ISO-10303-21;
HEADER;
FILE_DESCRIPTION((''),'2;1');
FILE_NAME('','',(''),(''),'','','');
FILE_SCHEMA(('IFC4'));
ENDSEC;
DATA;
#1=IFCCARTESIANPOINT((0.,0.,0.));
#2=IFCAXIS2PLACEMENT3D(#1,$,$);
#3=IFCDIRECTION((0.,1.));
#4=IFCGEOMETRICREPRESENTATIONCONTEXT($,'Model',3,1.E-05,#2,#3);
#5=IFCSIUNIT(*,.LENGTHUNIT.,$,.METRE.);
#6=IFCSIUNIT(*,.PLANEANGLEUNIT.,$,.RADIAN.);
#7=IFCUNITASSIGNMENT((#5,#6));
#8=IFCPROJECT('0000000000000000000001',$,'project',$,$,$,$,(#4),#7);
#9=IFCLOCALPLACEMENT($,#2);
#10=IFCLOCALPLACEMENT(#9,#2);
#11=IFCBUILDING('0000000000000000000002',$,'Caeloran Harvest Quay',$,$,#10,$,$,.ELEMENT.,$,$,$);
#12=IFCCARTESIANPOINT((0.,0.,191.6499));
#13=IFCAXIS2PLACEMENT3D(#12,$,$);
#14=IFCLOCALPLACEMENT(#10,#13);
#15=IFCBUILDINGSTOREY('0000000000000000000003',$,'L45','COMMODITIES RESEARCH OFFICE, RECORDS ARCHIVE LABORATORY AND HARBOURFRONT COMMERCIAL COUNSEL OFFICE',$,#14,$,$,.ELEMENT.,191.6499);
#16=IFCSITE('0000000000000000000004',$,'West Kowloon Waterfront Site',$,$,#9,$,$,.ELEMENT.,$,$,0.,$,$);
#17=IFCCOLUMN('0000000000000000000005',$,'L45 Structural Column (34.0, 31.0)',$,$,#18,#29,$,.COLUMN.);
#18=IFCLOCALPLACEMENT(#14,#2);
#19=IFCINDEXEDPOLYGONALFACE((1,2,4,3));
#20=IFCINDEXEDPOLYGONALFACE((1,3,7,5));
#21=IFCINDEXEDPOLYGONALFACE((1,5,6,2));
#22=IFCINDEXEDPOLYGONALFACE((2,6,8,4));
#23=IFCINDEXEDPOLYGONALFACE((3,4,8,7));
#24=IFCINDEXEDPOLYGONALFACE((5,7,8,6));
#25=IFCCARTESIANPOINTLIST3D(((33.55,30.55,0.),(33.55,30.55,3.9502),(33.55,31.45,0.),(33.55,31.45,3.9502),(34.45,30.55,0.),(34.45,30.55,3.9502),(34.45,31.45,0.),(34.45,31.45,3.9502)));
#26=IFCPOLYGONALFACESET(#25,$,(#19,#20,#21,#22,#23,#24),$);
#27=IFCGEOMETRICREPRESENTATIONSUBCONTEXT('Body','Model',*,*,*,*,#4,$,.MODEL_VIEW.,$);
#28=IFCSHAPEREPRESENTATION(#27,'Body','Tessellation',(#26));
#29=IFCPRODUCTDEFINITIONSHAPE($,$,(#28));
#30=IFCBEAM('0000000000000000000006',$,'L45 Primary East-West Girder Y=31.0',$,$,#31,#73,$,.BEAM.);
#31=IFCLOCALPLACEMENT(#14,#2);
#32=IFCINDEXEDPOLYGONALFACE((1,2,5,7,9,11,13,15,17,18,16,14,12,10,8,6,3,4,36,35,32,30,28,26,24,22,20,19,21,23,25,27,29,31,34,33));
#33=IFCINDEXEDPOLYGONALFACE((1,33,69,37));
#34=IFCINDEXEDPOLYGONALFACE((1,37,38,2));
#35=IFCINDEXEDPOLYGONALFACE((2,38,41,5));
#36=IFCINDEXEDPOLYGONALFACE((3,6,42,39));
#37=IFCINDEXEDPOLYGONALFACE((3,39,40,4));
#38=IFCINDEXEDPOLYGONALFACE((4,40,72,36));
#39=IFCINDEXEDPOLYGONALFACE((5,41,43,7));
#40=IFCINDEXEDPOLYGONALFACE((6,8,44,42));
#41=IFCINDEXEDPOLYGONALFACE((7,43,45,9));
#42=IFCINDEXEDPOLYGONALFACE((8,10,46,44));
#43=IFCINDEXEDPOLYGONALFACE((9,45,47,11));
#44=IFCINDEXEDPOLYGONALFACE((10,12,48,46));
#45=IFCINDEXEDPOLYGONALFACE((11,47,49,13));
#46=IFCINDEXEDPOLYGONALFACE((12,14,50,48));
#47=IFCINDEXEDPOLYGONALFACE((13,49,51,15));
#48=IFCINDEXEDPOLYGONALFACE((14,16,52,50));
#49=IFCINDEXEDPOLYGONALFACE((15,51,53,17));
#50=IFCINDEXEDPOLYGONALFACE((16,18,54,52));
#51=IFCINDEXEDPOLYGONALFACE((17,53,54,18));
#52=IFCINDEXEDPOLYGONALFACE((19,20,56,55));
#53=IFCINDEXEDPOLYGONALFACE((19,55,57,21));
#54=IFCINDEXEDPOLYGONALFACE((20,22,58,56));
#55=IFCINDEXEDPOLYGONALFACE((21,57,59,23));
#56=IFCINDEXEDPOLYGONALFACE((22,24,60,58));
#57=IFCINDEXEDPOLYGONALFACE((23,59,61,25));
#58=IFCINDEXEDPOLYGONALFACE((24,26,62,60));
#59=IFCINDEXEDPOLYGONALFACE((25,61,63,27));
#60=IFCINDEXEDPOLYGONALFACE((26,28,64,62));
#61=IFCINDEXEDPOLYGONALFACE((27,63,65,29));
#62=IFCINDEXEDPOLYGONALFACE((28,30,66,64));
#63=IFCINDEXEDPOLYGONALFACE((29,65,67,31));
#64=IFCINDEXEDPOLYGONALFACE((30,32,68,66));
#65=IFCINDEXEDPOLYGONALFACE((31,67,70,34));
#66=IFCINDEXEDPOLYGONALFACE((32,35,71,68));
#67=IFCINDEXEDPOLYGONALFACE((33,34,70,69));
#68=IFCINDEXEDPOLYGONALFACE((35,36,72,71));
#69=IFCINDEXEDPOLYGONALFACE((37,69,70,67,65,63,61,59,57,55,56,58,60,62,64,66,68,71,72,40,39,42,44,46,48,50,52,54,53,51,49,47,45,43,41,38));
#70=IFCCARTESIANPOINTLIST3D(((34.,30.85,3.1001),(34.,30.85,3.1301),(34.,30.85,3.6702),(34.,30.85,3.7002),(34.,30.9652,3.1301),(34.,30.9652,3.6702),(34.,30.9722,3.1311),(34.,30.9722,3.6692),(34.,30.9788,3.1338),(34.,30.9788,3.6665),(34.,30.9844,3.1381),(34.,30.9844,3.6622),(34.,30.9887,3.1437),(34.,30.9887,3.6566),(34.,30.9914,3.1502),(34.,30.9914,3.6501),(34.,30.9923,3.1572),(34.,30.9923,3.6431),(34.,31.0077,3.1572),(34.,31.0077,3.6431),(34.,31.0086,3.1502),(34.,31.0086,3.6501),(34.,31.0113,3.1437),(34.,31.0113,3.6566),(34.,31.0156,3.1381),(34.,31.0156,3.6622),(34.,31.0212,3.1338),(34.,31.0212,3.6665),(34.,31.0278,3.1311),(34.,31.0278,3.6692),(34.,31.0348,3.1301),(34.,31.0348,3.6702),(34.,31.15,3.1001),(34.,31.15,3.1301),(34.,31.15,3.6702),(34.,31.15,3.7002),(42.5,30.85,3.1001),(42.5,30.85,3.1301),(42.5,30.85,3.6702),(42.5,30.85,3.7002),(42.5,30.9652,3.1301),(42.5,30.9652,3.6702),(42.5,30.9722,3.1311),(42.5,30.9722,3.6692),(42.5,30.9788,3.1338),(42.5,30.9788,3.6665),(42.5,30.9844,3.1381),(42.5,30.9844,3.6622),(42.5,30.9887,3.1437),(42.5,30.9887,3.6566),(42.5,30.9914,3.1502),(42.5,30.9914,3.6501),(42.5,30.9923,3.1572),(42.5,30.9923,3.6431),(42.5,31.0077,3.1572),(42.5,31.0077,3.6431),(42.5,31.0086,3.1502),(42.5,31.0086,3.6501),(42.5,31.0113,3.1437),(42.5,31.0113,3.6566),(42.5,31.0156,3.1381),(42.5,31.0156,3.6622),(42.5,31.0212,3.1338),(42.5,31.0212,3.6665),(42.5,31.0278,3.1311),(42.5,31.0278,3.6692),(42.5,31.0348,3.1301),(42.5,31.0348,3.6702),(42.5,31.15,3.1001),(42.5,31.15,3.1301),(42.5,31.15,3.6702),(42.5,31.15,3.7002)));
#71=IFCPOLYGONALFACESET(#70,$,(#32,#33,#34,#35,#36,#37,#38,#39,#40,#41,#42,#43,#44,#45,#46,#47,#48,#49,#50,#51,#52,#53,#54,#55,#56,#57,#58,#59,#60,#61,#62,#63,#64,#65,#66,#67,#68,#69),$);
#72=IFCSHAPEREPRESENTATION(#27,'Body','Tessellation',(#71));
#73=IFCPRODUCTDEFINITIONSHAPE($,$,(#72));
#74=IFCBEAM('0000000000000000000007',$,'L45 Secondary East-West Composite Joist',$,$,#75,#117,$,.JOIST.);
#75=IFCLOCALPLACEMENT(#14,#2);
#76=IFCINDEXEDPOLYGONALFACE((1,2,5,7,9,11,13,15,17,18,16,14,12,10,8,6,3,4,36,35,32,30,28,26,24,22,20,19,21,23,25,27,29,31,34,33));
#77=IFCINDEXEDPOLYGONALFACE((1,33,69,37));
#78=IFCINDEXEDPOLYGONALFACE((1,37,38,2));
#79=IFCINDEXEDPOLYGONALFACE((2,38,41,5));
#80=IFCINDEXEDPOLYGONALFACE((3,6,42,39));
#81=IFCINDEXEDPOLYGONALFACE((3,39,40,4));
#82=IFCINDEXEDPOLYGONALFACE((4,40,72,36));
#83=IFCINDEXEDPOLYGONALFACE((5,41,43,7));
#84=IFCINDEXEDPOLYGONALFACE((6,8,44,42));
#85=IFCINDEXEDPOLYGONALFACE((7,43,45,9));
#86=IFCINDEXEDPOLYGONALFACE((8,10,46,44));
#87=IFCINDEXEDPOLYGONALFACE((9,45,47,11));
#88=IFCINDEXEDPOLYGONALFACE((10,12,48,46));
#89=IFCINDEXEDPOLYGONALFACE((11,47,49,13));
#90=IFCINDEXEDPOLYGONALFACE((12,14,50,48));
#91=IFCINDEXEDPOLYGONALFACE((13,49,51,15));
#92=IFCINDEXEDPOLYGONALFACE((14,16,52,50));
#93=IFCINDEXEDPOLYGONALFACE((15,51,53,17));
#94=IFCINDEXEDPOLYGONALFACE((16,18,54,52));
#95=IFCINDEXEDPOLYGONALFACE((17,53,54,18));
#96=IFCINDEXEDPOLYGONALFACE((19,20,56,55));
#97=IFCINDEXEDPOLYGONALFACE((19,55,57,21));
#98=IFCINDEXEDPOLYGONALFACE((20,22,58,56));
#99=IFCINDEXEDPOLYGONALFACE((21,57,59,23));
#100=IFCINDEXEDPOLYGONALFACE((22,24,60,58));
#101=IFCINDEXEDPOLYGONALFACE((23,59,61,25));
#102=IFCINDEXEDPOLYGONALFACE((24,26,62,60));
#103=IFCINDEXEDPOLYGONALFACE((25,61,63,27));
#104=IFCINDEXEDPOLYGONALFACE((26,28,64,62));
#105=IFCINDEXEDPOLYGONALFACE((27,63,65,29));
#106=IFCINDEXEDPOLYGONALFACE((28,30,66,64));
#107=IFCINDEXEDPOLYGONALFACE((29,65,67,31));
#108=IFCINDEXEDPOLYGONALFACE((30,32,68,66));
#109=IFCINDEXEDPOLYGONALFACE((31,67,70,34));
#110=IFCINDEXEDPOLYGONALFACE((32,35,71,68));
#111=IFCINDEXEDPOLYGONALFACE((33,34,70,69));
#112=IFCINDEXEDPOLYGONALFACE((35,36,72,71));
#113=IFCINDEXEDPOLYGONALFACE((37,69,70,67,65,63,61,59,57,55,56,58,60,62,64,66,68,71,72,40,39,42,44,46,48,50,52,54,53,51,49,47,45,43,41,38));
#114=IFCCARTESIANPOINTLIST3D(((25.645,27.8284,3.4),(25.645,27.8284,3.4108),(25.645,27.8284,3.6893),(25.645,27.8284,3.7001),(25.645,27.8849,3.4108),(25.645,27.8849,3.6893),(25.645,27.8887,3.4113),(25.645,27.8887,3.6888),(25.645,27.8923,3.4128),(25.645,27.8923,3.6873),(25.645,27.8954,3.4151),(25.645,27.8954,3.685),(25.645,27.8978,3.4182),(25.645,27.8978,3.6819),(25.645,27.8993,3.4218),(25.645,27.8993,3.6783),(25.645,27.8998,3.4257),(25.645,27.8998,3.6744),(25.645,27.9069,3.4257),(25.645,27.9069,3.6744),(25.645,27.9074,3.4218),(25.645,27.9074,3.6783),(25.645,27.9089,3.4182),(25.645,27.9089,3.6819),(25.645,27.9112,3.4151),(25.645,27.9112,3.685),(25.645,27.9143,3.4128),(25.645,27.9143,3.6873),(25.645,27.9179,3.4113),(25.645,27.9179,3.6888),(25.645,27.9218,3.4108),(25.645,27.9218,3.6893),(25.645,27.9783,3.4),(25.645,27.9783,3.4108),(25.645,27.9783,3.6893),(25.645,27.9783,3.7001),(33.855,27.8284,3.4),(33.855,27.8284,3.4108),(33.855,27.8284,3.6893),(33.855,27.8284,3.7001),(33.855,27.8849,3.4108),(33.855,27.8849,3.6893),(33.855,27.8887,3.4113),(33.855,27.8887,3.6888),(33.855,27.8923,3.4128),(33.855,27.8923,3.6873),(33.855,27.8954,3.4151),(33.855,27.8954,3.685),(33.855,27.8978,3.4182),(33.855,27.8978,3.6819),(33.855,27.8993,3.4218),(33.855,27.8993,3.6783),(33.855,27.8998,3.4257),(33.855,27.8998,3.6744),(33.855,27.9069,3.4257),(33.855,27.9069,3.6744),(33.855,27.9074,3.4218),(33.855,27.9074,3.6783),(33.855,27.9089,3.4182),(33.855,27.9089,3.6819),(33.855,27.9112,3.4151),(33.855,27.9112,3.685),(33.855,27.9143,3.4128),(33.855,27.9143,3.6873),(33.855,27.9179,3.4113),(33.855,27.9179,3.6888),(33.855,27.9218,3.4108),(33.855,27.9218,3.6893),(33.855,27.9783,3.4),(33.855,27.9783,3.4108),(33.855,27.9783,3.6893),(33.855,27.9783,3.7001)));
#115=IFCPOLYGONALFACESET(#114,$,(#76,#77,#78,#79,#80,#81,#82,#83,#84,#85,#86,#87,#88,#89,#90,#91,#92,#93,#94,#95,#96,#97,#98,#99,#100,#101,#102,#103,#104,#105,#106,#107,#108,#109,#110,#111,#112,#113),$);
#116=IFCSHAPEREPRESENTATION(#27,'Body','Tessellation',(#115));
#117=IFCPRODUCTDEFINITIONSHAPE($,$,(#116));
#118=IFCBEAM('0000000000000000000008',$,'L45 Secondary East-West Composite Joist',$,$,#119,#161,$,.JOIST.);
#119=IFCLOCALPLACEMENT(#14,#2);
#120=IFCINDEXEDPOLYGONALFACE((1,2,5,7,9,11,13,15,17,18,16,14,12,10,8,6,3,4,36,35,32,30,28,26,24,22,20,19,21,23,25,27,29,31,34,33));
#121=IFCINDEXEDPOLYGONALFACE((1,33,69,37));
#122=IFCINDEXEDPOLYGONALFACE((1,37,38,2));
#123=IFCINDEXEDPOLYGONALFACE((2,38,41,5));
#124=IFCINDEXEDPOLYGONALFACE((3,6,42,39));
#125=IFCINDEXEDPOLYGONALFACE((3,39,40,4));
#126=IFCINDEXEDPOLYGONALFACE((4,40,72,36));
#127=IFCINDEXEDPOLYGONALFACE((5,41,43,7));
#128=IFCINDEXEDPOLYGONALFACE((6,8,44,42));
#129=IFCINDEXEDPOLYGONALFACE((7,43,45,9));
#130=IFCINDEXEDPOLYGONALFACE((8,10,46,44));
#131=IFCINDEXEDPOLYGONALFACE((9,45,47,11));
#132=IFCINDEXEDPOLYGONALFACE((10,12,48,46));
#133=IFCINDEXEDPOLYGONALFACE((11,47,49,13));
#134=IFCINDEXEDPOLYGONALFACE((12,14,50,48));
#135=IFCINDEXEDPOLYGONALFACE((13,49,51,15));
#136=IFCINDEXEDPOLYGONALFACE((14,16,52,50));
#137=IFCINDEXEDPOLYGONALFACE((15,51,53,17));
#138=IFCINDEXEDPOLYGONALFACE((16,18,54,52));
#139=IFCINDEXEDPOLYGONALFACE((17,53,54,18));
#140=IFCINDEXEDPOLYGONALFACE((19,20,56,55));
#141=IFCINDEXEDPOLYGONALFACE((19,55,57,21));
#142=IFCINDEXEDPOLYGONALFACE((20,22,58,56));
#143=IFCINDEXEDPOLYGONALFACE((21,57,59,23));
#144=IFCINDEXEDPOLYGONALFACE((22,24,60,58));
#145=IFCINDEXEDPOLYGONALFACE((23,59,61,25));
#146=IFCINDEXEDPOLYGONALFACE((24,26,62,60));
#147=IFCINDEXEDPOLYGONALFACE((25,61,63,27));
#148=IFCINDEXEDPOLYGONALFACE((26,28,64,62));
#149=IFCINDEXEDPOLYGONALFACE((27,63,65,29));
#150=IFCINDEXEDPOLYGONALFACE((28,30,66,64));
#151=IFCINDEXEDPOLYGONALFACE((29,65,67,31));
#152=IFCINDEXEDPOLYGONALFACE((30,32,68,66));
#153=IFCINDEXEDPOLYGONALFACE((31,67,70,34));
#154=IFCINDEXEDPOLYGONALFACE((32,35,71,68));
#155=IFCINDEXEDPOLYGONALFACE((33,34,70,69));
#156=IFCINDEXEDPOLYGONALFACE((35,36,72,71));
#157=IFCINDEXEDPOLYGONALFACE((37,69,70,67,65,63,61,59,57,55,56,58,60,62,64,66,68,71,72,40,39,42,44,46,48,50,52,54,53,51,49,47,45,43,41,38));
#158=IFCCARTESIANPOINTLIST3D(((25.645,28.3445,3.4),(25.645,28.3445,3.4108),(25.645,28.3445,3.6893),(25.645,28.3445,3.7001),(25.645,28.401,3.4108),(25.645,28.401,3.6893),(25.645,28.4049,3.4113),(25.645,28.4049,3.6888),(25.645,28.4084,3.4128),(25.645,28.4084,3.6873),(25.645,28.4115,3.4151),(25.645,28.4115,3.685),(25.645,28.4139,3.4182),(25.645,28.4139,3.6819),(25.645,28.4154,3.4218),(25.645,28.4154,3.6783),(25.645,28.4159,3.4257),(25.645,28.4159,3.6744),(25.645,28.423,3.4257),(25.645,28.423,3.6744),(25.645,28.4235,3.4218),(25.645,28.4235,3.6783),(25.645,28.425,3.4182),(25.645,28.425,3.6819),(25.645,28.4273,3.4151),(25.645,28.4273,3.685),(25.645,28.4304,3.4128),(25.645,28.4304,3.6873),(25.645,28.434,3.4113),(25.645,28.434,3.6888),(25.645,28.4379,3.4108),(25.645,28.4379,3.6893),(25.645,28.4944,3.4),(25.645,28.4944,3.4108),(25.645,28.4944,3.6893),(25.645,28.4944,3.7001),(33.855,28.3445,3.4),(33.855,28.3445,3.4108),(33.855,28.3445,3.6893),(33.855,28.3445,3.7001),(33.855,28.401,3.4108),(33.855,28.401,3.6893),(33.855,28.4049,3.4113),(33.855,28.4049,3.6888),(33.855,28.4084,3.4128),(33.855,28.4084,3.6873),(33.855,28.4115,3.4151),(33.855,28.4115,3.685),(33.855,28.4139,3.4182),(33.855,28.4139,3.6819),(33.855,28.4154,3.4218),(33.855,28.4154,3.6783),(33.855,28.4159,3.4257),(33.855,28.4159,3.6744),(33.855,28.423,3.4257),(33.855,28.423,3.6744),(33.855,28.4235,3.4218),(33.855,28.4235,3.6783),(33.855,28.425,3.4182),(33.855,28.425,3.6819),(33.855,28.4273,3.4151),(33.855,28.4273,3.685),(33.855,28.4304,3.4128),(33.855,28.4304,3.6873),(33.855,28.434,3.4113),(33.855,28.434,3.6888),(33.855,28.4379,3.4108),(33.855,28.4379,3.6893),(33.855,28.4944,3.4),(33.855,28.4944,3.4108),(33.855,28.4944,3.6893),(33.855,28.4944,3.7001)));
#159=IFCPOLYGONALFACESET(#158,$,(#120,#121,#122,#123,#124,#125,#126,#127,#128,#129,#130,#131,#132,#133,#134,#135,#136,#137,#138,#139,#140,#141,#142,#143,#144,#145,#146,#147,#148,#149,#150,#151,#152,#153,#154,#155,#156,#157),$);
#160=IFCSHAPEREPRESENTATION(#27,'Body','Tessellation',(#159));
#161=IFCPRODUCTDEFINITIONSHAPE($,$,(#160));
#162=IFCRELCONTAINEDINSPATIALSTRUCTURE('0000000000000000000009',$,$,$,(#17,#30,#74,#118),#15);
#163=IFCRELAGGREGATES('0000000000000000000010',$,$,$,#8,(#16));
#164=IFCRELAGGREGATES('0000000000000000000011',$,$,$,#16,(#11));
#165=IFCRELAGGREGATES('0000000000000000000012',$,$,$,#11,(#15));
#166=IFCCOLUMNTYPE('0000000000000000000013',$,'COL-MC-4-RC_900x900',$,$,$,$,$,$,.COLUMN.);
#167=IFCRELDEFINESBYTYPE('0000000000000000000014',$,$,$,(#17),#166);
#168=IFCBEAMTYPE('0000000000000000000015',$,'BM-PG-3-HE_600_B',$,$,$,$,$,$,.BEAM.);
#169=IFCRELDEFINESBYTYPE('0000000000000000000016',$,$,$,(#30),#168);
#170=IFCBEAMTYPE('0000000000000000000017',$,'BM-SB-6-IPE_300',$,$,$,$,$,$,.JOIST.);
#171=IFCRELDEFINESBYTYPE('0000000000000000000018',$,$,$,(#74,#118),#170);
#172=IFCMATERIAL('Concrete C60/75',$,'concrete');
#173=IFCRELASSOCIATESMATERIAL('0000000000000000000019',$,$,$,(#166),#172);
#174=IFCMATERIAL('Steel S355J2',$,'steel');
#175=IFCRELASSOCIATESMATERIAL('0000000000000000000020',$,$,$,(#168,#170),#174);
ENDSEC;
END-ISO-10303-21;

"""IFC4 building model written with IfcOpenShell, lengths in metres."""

from ifc_helpers import new_model, si_unit, direction, frame, origin, origin_2d, place, context, subcontext, project, spatial, rectangle, i_section, extrude, material, material_profile, profile_set, type_object, element, save


model = new_model("IFC4")

# Units and contexts
model_context = context("Model", 3, precision=1e-05, world=origin(), true_north=direction((0.0, 1.0)))
body_context = subcontext(model_context, "Body", "Model", "MODEL_VIEW")
ifc_project = project(units=[si_unit("LENGTHUNIT", "METRE"), si_unit("PLANEANGLEUNIT", "RADIAN")], contexts=[model_context])

# Site, building, storey
site_placement = place(None, origin())
site = spatial("IfcSite", under=ifc_project, at=site_placement, Name="West Kowloon Waterfront Site", CompositionType="ELEMENT", RefElevation=0.0)
building_placement = place(site_placement, origin())
building = spatial("IfcBuilding", under=site, at=building_placement, Name="Caeloran Harvest Quay", CompositionType="ELEMENT")
storey_placement = place(building_placement, frame((0.0, 0.0, 191.6499)))
storey = spatial("IfcBuildingStorey", under=building, at=storey_placement, Name="L45", Description="COMMODITIES RESEARCH OFFICE, RECORDS ARCHIVE LABORATORY AND HARBOURFRONT COMMERCIAL COUNSEL OFFICE", CompositionType="ELEMENT", Elevation=191.6499)

# Column
ifc_material_1 = material(Name="Concrete C60/75", Category="concrete")
ifc_material_profile_1 = material_profile(ifc_material_1, rectangle(XDim=0.8999, YDim=0.8999, at=origin_2d()), Name="RC 900x900")
ifc_profile_set_1 = profile_set([ifc_material_profile_1], Name="Concrete C60/75")
column_type = type_object("IfcColumnType", Name="COL-MC-4-RC_900x900", PredefinedType="COLUMN", material=ifc_profile_set_1)
column_placement = place(storey_placement, frame((34.0, 31.0, 0.0), z_axis=(0.0, 0.0, 1.0), x_axis=(1.0, 0.0, 0.0)))
element("IfcColumn", 1, at=column_placement, inside=storey, type_object=column_type, Name="L45 Structural Column (34.0, 31.0)", PredefinedType="COLUMN", context=body_context, shape_type="SweptSolid", body=[
    extrude(rectangle(XDim=0.8999, YDim=0.8999, at=origin_2d()), origin(), (0.0, 0.0, 1.0), 3.9502),
])

# Beams
ifc_material_2 = material(Name="Steel S355J2", Category="steel")
ifc_material_profile_2 = material_profile(ifc_material_2, i_section(OverallWidth=0.3, OverallDepth=0.6001, WebThickness=0.0154, FlangeThickness=0.03, FilletRadius=0.0271, at=origin_2d()), Name="HE 600 B")
ifc_profile_set_2 = profile_set([ifc_material_profile_2], Name="Steel S355J2")
beam_type_1 = type_object("IfcBeamType", Name="BM-PG-3-HE_600_B", PredefinedType="BEAM", material=ifc_profile_set_2)
beam_placement = place(storey_placement, frame((34.0, 31.0, 3.4001), z_axis=(1.0, 0.0, 0.0), x_axis=(0.0, 1.0, 0.0)))
element("IfcBeam", 2, at=beam_placement, inside=storey, type_object=beam_type_1, Name="L45 Primary East-West Girder Y=31.0", PredefinedType="BEAM", context=body_context, shape_type="SweptSolid", body=[
    extrude(i_section(OverallWidth=0.3, OverallDepth=0.6001, WebThickness=0.0154, FlangeThickness=0.03, FilletRadius=0.0271, at=origin_2d()), origin(), (0.0, 0.0, 1.0), 8.5),
])
ifc_material_profile_3 = material_profile(ifc_material_2, i_section(OverallWidth=0.1499, OverallDepth=0.3, WebThickness=0.0071, FlangeThickness=0.0107, FilletRadius=0.0149, at=origin_2d()), Name="IPE 300")
ifc_profile_set_3 = profile_set([ifc_material_profile_3], Name="Steel S355J2")
beam_type_2 = type_object("IfcBeamType", Name="BM-SB-6-IPE_300", PredefinedType="JOIST", material=ifc_profile_set_3)
for number, where, z_axis, x_axis, name in (
    (3, (25.645, 27.9033, 3.55), (1.0, 0.0, 0.0), (0.0, 1.0, 0.0), "L45 Secondary East-West Composite Joist"),
    (4, (25.645, 28.4194, 3.55), (1.0, 0.0, 0.0), (0.0, 1.0, 0.0), "L45 Secondary East-West Composite Joist"),
):
    element("IfcBeam", number, at=place(storey_placement, frame(where, z_axis=z_axis, x_axis=x_axis)), inside=storey, type_object=beam_type_2, Name=name, PredefinedType="JOIST", context=body_context, shape_type="SweptSolid", body=[
        extrude(i_section(OverallWidth=0.1499, OverallDepth=0.3, WebThickness=0.0071, FlangeThickness=0.0107, FilletRadius=0.0149, at=origin_2d()), origin(), (0.0, 0.0, 1.0), 8.21),
    ])

save(model, "model.ifc")
